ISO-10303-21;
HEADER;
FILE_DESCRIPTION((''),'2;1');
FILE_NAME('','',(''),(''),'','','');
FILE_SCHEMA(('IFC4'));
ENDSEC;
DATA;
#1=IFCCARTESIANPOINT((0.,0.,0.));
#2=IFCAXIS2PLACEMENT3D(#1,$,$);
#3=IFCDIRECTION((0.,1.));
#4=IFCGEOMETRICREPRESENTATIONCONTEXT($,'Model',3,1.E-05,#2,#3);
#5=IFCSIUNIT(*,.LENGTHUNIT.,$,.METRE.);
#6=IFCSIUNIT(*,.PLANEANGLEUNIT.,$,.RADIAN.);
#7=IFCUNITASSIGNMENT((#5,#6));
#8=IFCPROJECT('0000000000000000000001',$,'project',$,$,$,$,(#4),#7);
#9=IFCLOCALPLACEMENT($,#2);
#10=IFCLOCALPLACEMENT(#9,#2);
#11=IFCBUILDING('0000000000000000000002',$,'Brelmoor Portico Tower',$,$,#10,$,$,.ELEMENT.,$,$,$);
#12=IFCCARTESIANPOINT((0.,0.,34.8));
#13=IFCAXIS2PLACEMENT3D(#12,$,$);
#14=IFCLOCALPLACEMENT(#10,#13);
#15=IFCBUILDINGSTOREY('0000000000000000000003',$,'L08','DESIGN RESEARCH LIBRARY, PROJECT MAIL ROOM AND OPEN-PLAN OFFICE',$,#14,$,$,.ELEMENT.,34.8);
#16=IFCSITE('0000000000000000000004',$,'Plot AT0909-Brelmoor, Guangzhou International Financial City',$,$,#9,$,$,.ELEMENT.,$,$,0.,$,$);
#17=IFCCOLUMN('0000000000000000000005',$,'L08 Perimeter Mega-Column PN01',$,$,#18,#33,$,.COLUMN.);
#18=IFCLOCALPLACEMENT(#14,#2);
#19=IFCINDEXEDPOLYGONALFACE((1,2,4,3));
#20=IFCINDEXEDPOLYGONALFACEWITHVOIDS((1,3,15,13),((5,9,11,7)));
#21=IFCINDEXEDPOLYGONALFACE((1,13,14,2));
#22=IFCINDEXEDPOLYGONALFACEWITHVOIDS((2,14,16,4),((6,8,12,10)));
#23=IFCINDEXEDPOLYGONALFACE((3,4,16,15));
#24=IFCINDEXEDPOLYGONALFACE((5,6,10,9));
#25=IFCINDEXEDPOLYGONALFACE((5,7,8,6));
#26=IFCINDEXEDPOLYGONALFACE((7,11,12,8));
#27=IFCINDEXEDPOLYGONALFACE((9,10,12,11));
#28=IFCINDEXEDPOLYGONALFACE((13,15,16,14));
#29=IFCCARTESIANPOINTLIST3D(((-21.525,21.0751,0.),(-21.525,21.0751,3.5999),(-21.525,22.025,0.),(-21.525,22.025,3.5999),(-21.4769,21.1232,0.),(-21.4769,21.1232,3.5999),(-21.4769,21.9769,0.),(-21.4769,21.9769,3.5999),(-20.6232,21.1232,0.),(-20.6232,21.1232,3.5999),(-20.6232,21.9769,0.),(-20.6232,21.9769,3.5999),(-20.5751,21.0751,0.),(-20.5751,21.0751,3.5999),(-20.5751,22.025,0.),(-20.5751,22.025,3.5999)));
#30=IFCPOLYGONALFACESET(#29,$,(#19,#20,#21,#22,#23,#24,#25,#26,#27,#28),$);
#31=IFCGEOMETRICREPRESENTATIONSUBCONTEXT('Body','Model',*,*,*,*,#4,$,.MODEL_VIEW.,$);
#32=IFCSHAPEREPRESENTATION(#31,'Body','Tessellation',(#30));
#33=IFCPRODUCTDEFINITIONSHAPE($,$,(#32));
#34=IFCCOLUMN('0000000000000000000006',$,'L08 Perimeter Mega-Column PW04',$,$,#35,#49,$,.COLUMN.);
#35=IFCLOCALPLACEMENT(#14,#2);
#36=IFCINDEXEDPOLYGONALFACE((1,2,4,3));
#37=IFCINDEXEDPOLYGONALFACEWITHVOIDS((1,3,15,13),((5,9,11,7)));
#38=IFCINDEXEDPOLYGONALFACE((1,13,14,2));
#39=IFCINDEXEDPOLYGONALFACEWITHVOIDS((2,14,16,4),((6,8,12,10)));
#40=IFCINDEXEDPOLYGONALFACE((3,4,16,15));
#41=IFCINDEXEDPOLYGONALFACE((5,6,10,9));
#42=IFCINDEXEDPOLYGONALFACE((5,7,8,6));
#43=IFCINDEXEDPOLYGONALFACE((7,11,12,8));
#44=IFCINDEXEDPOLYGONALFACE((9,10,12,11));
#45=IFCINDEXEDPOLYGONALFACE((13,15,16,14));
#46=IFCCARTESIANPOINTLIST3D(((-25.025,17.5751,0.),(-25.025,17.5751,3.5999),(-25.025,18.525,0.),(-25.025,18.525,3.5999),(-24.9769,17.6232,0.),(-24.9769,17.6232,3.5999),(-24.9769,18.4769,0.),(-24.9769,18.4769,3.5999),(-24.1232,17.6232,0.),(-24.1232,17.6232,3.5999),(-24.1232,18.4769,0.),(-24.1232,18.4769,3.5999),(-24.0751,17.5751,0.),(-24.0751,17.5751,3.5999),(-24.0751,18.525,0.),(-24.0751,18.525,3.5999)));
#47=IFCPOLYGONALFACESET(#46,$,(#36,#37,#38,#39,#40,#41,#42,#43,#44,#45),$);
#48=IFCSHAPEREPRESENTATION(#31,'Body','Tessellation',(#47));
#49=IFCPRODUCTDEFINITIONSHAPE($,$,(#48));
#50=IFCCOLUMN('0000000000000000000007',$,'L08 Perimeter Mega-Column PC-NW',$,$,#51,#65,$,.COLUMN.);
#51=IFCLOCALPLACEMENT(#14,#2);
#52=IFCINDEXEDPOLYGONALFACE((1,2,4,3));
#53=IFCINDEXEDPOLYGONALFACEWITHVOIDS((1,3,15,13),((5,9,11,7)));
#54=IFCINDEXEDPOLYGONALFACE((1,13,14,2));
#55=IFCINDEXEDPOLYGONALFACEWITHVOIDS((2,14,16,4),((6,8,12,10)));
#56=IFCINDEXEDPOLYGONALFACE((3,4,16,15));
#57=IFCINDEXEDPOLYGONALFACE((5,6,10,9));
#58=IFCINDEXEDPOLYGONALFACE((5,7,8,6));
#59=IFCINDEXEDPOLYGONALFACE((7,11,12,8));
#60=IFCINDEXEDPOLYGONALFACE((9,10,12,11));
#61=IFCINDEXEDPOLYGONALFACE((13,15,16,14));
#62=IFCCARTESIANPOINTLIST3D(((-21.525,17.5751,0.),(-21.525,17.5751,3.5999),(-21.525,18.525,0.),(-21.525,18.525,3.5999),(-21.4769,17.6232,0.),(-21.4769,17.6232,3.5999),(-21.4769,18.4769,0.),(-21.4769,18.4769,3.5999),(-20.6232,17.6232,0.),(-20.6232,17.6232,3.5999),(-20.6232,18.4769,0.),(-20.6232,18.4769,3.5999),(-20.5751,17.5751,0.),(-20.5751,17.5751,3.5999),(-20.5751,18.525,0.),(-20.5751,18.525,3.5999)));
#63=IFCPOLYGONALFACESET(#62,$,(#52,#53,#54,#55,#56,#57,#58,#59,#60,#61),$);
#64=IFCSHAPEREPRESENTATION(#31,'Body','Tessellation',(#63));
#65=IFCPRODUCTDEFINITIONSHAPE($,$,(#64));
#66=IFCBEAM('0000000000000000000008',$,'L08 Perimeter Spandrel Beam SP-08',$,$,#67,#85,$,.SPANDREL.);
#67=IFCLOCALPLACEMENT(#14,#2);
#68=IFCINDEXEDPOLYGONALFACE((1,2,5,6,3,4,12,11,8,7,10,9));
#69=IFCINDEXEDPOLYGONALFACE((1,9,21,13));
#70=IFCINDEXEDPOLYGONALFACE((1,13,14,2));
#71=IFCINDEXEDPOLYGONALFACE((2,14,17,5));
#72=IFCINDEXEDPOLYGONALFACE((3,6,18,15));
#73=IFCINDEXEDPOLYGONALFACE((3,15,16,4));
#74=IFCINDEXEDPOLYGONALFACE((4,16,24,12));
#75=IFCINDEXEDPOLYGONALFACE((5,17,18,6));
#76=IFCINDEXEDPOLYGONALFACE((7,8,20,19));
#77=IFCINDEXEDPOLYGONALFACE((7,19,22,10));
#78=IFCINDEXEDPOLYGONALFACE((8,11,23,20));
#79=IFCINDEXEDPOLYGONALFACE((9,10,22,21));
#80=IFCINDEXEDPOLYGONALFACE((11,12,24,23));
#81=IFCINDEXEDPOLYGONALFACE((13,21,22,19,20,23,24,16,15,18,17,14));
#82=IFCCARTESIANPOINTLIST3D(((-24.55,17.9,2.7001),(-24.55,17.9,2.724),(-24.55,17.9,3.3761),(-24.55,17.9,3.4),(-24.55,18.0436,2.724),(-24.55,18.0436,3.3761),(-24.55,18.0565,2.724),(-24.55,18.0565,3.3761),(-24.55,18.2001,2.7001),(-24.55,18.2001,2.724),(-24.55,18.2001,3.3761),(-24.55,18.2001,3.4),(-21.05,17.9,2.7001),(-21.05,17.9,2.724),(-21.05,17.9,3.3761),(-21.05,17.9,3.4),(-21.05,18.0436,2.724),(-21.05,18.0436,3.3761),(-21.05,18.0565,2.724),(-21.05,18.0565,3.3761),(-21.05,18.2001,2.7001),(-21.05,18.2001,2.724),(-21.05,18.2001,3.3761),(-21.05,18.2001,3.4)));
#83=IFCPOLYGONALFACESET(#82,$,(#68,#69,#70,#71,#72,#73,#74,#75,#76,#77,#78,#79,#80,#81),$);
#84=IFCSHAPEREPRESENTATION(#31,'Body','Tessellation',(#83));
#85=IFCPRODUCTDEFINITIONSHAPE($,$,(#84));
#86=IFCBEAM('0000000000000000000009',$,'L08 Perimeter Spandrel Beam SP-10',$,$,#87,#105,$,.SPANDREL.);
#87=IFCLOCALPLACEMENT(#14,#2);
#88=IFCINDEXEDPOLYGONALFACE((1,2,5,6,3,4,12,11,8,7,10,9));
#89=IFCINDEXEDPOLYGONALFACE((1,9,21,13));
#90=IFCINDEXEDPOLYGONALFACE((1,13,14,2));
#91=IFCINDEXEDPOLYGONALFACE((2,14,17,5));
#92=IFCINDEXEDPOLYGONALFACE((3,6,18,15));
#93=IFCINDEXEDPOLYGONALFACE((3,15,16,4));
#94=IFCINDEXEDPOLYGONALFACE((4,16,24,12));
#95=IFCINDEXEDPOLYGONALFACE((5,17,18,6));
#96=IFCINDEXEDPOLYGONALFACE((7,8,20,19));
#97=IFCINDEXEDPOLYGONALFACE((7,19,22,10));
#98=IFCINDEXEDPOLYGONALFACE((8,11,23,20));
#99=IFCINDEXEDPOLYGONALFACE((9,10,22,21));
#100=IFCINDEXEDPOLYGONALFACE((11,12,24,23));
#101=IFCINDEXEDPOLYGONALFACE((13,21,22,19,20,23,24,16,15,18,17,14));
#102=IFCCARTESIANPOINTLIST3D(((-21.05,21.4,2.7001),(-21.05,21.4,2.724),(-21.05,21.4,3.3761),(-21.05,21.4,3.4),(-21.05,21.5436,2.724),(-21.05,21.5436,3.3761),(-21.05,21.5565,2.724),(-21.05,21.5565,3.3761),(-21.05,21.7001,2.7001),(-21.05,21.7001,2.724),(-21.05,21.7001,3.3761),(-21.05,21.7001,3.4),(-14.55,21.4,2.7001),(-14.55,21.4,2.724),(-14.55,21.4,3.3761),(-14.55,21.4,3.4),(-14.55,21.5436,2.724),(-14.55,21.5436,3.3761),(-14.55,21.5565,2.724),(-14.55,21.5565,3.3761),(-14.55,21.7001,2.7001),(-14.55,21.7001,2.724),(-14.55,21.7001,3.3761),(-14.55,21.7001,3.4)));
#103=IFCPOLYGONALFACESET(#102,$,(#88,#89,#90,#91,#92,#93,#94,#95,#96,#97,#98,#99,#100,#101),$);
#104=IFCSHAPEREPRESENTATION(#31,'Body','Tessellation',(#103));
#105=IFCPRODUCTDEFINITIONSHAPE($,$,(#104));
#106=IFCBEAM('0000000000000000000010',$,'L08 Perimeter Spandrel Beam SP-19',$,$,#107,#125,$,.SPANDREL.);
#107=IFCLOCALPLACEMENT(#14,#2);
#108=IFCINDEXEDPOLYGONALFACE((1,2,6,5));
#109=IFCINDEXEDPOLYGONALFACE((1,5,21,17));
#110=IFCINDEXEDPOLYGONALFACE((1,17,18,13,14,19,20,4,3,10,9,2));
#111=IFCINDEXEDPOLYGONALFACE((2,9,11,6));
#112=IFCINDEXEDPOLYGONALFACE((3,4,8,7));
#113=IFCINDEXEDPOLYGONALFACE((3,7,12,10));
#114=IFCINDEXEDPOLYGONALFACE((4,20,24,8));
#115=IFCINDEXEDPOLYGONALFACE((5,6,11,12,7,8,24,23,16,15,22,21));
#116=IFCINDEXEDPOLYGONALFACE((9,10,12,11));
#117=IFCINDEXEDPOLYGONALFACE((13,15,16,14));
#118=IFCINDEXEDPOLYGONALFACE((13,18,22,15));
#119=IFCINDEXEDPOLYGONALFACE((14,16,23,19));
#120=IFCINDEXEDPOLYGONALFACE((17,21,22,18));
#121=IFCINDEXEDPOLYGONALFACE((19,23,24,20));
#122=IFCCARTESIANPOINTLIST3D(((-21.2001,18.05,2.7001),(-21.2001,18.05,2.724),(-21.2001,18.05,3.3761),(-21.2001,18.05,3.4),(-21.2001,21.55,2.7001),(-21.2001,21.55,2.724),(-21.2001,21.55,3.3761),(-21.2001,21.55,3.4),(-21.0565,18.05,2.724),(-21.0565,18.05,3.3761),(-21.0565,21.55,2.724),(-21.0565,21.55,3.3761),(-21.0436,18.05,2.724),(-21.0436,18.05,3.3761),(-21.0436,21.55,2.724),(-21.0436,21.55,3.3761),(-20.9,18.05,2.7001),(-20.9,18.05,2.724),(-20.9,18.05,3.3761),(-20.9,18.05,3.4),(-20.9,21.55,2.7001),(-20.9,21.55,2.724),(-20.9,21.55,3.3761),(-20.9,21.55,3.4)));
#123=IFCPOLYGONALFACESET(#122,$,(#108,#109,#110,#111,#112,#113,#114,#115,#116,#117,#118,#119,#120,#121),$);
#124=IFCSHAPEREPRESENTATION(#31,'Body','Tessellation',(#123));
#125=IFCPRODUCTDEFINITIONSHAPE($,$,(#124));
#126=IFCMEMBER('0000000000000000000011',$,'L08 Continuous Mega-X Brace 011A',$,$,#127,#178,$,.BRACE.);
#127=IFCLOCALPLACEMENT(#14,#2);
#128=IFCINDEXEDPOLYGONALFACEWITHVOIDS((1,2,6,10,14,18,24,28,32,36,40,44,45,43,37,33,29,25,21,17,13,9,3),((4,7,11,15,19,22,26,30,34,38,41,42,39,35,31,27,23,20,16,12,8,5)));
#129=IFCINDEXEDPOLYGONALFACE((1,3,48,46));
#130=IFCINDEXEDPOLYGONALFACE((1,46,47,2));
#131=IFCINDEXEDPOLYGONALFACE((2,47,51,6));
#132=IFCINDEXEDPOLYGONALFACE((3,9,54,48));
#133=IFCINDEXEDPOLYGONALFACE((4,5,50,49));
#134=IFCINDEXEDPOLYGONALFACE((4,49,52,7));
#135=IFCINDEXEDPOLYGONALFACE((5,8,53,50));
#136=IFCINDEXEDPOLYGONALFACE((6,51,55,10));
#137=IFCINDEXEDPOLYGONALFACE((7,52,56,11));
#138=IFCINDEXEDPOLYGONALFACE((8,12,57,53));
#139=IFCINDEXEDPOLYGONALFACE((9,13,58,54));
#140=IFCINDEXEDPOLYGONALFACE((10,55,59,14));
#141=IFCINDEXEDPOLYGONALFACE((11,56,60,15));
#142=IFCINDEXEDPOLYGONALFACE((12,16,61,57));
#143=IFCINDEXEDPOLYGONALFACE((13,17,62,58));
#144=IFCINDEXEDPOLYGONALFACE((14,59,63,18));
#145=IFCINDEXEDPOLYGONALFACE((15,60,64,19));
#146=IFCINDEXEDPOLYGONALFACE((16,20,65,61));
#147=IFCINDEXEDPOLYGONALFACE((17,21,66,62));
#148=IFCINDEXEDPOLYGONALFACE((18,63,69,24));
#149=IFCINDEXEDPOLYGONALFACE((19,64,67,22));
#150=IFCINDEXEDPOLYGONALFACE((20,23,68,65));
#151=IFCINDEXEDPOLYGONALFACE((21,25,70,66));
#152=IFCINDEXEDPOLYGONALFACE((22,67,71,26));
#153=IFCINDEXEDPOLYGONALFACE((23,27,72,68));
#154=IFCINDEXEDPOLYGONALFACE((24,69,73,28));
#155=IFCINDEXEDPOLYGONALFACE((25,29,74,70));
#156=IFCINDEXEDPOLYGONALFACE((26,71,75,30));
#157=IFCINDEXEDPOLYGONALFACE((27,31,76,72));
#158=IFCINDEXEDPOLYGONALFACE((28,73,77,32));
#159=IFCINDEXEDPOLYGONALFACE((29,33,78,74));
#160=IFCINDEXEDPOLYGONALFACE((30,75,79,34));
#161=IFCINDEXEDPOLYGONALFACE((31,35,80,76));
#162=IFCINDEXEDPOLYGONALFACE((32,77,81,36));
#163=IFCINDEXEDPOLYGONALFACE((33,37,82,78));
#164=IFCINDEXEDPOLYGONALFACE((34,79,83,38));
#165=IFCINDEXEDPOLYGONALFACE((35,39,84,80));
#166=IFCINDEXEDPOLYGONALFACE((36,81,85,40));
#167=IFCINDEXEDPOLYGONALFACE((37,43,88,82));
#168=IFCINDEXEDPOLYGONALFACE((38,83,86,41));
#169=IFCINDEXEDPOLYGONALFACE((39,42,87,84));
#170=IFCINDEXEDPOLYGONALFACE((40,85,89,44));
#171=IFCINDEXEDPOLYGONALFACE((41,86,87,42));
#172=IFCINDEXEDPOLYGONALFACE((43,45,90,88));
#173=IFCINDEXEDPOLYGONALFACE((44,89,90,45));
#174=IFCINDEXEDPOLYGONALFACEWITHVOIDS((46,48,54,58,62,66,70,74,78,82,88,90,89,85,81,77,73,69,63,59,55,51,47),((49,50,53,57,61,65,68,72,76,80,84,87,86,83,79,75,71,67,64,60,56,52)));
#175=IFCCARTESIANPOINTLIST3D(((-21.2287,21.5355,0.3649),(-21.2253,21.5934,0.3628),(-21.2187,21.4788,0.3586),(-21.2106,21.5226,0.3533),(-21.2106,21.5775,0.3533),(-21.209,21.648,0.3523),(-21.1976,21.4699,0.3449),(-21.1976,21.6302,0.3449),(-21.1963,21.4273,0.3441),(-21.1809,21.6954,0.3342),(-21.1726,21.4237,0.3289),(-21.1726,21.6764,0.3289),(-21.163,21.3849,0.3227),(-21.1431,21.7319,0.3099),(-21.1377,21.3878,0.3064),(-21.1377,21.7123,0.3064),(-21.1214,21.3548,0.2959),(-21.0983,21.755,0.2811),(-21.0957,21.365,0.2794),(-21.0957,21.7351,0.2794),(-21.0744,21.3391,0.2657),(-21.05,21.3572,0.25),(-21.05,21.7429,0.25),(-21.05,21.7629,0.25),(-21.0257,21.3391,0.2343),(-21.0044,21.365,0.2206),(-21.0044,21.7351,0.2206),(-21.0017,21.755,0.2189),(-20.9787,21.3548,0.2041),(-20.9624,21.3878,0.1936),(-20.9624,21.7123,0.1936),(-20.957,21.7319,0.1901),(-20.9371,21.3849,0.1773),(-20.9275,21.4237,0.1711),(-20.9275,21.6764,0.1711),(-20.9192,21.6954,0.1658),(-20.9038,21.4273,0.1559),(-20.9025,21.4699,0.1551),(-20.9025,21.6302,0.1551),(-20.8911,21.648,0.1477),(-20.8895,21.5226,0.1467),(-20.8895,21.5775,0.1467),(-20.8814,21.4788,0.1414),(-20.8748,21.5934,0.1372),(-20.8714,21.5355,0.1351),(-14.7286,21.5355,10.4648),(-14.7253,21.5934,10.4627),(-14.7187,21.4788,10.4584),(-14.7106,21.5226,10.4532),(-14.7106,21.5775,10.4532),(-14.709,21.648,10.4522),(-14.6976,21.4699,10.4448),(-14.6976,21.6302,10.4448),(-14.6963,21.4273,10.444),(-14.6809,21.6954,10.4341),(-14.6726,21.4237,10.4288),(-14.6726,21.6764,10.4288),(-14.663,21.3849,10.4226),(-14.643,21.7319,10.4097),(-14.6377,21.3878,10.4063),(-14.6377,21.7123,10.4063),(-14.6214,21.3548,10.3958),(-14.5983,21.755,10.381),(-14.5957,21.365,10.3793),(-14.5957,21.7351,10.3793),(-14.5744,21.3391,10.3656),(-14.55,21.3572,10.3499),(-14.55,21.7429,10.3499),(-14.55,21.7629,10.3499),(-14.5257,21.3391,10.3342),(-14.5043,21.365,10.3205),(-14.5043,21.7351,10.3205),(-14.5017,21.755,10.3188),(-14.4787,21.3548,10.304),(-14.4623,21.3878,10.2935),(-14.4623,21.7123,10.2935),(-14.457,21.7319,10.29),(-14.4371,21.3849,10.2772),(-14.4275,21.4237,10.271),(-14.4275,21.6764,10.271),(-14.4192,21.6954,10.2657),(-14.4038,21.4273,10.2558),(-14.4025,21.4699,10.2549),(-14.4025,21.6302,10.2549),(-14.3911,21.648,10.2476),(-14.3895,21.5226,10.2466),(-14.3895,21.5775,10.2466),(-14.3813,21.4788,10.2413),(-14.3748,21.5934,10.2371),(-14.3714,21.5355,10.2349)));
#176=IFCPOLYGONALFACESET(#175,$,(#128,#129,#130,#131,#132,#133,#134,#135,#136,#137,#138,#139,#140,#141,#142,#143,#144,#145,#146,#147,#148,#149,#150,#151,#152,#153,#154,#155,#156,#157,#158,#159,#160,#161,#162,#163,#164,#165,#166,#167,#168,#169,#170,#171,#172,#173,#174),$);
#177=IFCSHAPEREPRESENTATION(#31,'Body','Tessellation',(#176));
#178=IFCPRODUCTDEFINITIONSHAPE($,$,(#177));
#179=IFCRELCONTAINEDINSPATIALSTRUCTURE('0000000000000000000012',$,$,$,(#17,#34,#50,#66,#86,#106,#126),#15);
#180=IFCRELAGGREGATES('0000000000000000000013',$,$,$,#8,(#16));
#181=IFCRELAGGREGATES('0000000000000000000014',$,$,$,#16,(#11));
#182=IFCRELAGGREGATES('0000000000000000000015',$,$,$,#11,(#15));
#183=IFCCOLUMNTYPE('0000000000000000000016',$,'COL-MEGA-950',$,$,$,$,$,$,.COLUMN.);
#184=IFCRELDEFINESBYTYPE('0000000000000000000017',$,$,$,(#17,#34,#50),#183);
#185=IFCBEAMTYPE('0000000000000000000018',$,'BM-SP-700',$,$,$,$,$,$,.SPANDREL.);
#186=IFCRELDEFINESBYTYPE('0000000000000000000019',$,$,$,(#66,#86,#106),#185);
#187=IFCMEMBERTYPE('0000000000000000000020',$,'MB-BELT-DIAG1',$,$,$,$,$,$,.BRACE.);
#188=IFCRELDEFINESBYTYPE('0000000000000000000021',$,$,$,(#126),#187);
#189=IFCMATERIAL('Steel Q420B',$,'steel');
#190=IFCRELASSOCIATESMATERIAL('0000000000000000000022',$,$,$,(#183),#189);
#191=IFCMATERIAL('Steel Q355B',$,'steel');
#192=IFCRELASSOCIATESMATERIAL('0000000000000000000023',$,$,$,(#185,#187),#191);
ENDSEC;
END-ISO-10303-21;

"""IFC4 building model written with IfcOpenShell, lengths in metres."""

from ifc_helpers import new_model, si_unit, direction, frame, origin, origin_2d, place, context, subcontext, project, spatial, hollow_rectangle, hollow_circle, i_section, extrude, material, material_profile, profile_set, type_object, element, save


model = new_model("IFC4")

# Units and contexts
model_context = context("Model", 3, precision=1e-05, world=origin(), true_north=direction((0.0, 1.0)))
body_context = subcontext(model_context, "Body", "Model", "MODEL_VIEW")
ifc_project = project(units=[si_unit("LENGTHUNIT", "METRE"), si_unit("PLANEANGLEUNIT", "RADIAN")], contexts=[model_context])

# Site, building, storey
site_placement = place(None, origin())
site = spatial("IfcSite", under=ifc_project, at=site_placement, Name="Plot AT0909-Brelmoor, Guangzhou International Financial City", CompositionType="ELEMENT", RefElevation=0.0)
building_placement = place(site_placement, origin())
building = spatial("IfcBuilding", under=site, at=building_placement, Name="Brelmoor Portico Tower", CompositionType="ELEMENT")
storey_placement = place(building_placement, frame((0.0, 0.0, 34.8)))
storey = spatial("IfcBuildingStorey", under=building, at=storey_placement, Name="L08", Description="DESIGN RESEARCH LIBRARY, PROJECT MAIL ROOM AND OPEN-PLAN OFFICE", CompositionType="ELEMENT", Elevation=34.8)

# Columns
ifc_material_1 = material(Name="Steel Q420B", Category="steel")
ifc_material_profile_1 = material_profile(ifc_material_1, hollow_rectangle(XDim=0.95, YDim=0.95, WallThickness=0.0481, at=origin_2d()), Name="BOX 950x950x48")
ifc_profile_set_1 = profile_set([ifc_material_profile_1], Name="Steel Q420B")
column_type = type_object("IfcColumnType", Name="COL-MEGA-950", PredefinedType="COLUMN", material=ifc_profile_set_1)
for number, where, z_axis, x_axis, name in (
    (1, (-21.05, 21.55, 0.0), (0.0, 0.0, 1.0), (1.0, 0.0, 0.0), "L08 Perimeter Mega-Column PN01"),
    (2, (-24.55, 18.05, 0.0), (0.0, 0.0, 1.0), (0.0, 1.0, 0.0), "L08 Perimeter Mega-Column PW04"),
    (3, (-21.05, 18.05, 0.0), (0.0, 0.0, 1.0), (1.0, 0.0, 0.0), "L08 Perimeter Mega-Column PC-NW"),
):
    element("IfcColumn", number, at=place(storey_placement, frame(where, z_axis=z_axis, x_axis=x_axis)), inside=storey, type_object=column_type, Name=name, PredefinedType="COLUMN", context=body_context, shape_type="SweptSolid", body=[
        extrude(hollow_rectangle(XDim=0.95, YDim=0.95, WallThickness=0.0481, at=origin_2d()), origin(), (0.0, 0.0, 1.0), 3.5999),
    ])

# Beams
ifc_material_2 = material(Name="Steel Q355B", Category="steel")
ifc_material_profile_2 = material_profile(ifc_material_2, i_section(OverallWidth=0.3, OverallDepth=0.7, WebThickness=0.0129, FlangeThickness=0.0239, at=origin_2d()), Name="HN 700x300x13x24")
ifc_profile_set_2 = profile_set([ifc_material_profile_2], Name="Steel Q355B")
beam_type = type_object("IfcBeamType", Name="BM-SP-700", PredefinedType="SPANDREL", material=ifc_profile_set_2)
beam_1_placement = place(storey_placement, frame((-24.55, 18.05, 3.05), z_axis=(1.0, 0.0, 0.0), x_axis=(0.0, 1.0, 0.0)))
element("IfcBeam", 4, at=beam_1_placement, inside=storey, type_object=beam_type, Name="L08 Perimeter Spandrel Beam SP-08", PredefinedType="SPANDREL", context=body_context, shape_type="SweptSolid", body=[
    extrude(i_section(OverallWidth=0.3, OverallDepth=0.7, WebThickness=0.0129, FlangeThickness=0.0239, at=origin_2d()), origin(), (0.0, 0.0, 1.0), 3.5),
])
beam_2_placement = place(storey_placement, frame((-21.05, 21.55, 3.05), z_axis=(1.0, 0.0, 0.0), x_axis=(0.0, 1.0, 0.0)))
element("IfcBeam", 5, at=beam_2_placement, inside=storey, type_object=beam_type, Name="L08 Perimeter Spandrel Beam SP-10", PredefinedType="SPANDREL", context=body_context, shape_type="SweptSolid", body=[
    extrude(i_section(OverallWidth=0.3, OverallDepth=0.7, WebThickness=0.0129, FlangeThickness=0.0239, at=origin_2d()), origin(), (0.0, 0.0, 1.0), 6.5),
])
beam_3_placement = place(storey_placement, frame((-21.05, 18.05, 3.05), z_axis=(0.0, 1.0, 0.0), x_axis=(-1.0, 0.0, 0.0)))
element("IfcBeam", 6, at=beam_3_placement, inside=storey, type_object=beam_type, Name="L08 Perimeter Spandrel Beam SP-19", PredefinedType="SPANDREL", context=body_context, shape_type="SweptSolid", body=[
    extrude(i_section(OverallWidth=0.3, OverallDepth=0.7, WebThickness=0.0129, FlangeThickness=0.0239, at=origin_2d()), origin(), (0.0, 0.0, 1.0), 3.5),
])

# Member
ifc_material_profile_3 = material_profile(ifc_material_2, hollow_circle(Radius=0.2129, WallThickness=0.02, at=origin_2d()), Name="CHS 426x20")
ifc_profile_set_3 = profile_set([ifc_material_profile_3], Name="Steel Q355B")
member_type_1 = type_object("IfcMemberType", Name="MB-BELT-DIAG1", PredefinedType="BRACE", material=ifc_profile_set_3)
member_1_placement = place(storey_placement, frame((-21.05, 21.55, 0.25), z_axis=(0.541184, 0.0, 0.840904), x_axis=(0.0, 1.0, 0.0)))
element("IfcMember", 7, at=member_1_placement, inside=storey, type_object=member_type_1, Name="L08 Continuous Mega-X Brace 011A", PredefinedType="BRACE", context=body_context, shape_type="SweptSolid", body=[
    extrude(hollow_circle(Radius=0.2129, WallThickness=0.02, at=origin_2d()), origin(), (0.0, 0.0, 1.0), 12.0107),
])

save(model, "model.ifc")
